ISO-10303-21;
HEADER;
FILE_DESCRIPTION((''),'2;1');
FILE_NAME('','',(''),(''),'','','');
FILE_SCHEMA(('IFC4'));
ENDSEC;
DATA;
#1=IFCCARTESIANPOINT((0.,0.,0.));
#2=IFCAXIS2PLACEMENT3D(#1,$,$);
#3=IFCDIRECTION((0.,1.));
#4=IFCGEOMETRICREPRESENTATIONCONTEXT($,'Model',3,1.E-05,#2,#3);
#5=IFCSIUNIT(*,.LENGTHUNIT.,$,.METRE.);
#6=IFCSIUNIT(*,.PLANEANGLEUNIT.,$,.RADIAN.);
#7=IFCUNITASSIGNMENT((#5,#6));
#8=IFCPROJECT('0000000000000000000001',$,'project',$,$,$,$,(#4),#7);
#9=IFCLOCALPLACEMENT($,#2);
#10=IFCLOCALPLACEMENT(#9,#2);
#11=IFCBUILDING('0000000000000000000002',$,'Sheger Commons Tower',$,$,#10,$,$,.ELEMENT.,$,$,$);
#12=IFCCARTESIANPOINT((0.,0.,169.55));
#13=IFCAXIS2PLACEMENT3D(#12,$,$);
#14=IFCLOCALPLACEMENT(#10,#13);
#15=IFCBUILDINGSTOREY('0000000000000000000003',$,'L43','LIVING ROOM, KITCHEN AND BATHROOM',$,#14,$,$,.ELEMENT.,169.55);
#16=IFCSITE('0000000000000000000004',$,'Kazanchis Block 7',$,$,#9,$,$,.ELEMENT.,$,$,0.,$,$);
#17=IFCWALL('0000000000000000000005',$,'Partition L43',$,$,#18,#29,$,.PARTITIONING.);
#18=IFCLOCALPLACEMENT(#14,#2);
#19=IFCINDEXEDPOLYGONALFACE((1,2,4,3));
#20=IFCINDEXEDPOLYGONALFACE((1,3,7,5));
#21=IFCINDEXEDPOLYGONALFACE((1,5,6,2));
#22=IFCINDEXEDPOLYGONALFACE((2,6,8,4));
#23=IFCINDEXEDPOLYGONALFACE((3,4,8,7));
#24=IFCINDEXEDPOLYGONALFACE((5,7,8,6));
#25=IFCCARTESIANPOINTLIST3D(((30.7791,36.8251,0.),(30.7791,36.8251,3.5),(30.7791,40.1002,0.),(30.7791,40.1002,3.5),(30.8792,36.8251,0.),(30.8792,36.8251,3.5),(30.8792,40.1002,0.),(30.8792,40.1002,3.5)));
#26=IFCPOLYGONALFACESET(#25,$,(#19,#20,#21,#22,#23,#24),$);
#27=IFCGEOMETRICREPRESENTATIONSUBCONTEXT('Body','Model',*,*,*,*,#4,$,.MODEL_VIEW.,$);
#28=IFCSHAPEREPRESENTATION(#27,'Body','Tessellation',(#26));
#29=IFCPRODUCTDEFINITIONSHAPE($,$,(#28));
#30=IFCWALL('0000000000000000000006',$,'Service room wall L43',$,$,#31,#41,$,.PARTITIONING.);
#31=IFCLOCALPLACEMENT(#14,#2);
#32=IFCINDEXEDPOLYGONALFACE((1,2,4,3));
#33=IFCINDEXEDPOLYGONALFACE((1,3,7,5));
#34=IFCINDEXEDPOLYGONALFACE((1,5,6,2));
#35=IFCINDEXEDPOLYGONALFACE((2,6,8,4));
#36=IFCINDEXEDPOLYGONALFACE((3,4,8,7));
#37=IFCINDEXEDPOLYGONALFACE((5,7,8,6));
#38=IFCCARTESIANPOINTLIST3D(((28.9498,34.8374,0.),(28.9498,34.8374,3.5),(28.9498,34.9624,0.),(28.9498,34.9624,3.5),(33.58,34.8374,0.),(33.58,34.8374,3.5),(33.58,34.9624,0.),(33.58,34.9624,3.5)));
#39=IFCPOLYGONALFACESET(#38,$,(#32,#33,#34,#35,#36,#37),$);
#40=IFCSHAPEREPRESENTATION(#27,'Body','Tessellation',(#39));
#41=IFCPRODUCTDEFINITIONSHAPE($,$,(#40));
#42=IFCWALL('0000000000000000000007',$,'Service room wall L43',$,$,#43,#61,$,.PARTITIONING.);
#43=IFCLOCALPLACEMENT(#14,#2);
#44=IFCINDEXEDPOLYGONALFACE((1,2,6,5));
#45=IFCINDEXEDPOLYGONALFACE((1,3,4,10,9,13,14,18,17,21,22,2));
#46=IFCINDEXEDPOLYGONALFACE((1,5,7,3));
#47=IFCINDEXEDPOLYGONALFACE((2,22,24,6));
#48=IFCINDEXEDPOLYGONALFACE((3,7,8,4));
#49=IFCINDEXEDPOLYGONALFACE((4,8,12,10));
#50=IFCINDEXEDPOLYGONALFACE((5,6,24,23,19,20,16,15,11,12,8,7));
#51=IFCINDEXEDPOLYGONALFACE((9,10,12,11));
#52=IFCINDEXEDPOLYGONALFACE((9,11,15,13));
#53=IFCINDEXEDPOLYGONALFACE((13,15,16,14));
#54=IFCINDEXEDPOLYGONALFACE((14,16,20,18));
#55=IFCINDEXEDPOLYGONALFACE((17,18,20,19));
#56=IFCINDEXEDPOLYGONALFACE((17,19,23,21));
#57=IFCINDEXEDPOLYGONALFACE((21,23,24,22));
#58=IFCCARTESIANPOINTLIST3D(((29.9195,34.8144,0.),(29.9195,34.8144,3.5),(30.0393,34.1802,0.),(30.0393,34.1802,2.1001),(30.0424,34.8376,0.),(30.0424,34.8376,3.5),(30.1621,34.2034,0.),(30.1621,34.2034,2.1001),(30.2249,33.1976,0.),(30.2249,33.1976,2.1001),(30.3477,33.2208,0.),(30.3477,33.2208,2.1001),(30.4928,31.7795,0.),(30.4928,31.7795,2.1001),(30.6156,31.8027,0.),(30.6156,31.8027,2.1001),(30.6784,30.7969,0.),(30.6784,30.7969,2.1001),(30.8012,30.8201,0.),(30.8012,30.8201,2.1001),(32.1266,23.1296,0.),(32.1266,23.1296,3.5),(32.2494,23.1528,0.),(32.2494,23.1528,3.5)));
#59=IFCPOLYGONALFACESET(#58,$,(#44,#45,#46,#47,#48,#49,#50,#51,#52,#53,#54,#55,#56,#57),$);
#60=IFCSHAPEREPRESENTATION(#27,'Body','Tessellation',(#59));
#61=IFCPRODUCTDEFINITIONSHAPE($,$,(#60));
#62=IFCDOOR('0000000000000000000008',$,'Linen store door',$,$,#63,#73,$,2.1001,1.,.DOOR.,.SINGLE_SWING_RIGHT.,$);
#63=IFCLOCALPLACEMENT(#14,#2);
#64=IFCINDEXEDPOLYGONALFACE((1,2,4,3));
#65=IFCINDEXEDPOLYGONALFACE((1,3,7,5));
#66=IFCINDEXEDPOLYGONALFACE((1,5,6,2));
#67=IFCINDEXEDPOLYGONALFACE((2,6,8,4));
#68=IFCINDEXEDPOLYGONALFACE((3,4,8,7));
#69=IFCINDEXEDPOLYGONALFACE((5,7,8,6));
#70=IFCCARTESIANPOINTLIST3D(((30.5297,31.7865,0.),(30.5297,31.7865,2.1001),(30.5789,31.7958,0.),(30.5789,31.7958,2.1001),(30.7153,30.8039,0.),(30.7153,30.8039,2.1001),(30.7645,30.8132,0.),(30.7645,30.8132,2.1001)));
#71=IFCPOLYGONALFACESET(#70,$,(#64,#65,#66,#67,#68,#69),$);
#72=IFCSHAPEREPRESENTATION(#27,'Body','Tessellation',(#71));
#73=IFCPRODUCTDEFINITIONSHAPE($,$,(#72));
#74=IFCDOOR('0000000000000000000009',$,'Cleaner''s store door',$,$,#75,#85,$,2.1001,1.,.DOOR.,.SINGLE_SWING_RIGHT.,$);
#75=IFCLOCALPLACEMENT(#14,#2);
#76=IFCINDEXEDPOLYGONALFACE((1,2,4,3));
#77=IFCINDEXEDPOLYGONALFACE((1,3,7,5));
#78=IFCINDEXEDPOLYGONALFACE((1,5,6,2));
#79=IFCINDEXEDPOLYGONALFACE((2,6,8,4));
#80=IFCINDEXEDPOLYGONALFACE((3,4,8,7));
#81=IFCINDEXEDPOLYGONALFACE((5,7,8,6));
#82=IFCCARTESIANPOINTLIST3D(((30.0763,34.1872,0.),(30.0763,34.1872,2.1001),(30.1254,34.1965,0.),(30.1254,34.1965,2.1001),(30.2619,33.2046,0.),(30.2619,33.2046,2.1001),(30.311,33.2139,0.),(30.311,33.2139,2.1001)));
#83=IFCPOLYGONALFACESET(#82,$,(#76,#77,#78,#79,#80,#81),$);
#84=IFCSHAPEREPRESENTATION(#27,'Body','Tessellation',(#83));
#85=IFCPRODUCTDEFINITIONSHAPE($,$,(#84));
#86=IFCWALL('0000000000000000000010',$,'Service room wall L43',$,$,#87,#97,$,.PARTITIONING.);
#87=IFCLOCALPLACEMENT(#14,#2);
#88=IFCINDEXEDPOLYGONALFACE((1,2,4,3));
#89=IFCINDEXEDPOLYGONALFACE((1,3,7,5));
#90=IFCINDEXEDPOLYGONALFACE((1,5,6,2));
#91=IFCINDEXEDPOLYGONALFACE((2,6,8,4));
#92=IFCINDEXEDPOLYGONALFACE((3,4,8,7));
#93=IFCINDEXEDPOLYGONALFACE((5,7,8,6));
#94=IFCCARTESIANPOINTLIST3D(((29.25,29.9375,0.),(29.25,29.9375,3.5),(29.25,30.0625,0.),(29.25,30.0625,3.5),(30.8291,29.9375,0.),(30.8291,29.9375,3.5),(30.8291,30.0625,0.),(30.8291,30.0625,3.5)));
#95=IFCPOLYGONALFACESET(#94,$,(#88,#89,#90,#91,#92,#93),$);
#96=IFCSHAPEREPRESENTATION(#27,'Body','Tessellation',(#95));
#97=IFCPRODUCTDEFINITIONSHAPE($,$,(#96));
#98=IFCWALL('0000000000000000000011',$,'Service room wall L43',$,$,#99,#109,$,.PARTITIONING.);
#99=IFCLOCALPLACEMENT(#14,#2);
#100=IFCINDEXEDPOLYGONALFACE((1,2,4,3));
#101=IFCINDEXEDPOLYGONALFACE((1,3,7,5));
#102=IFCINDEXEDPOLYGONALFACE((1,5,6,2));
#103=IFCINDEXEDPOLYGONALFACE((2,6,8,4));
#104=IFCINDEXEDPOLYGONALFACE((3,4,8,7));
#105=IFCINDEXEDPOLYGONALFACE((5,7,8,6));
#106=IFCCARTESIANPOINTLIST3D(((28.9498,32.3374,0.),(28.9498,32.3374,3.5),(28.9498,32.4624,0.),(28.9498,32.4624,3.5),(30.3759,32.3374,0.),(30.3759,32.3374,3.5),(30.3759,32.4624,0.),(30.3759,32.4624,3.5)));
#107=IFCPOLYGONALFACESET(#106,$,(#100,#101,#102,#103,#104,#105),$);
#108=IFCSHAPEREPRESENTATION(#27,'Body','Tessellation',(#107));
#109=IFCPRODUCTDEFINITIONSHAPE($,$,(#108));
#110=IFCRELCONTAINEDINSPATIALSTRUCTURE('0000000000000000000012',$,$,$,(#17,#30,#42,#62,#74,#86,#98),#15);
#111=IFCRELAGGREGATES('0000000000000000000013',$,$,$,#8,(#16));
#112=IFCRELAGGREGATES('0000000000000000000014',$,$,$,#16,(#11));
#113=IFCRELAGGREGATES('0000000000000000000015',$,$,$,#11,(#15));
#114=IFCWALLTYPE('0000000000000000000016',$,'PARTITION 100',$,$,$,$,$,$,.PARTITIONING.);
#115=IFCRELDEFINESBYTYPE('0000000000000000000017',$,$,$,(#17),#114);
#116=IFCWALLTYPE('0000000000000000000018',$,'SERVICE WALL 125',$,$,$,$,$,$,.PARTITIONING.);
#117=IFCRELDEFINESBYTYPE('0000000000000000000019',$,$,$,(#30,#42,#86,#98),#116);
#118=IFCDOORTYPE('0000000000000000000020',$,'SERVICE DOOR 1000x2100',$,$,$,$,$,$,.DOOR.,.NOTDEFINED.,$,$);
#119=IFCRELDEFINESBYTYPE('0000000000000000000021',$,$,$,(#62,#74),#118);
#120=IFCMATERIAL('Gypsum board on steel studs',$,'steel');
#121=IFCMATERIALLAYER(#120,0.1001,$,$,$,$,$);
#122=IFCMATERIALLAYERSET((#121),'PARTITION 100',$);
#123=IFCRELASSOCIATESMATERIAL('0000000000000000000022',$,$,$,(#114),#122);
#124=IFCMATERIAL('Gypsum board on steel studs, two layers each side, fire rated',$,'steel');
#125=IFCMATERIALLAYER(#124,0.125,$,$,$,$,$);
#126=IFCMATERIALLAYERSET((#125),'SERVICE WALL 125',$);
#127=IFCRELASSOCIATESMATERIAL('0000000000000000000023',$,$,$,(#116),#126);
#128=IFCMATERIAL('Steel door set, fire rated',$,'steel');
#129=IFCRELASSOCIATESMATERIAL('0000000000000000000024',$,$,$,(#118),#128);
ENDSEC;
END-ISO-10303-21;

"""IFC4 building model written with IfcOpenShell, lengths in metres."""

from ifc_helpers import new_model, si_unit, direction, frame, frame_2d, origin, place, context, subcontext, project, spatial, rectangle, extrude, material, layer, layer_set, type_object, element, fill, save


model = new_model("IFC4")

# Units and contexts
model_context = context("Model", 3, precision=1e-05, world=origin(), true_north=direction((0.0, 1.0)))
body_context = subcontext(model_context, "Body", "Model", "MODEL_VIEW")
ifc_project = project(units=[si_unit("LENGTHUNIT", "METRE"), si_unit("PLANEANGLEUNIT", "RADIAN")], contexts=[model_context])

# Site, building, storey
site_placement = place(None, origin())
site = spatial("IfcSite", under=ifc_project, at=site_placement, Name="Kazanchis Block 7", CompositionType="ELEMENT", RefElevation=0.0)
building_placement = place(site_placement, origin())
building = spatial("IfcBuilding", under=site, at=building_placement, Name="Sheger Commons Tower", CompositionType="ELEMENT")
storey_placement = place(building_placement, frame((0.0, 0.0, 169.55)))
storey = spatial("IfcBuildingStorey", under=building, at=storey_placement, Name="L43", Description="LIVING ROOM, KITCHEN AND BATHROOM", CompositionType="ELEMENT", Elevation=169.55)

# Shared definitions
ifc_material_1 = material(Name="Gypsum board on steel studs", Category="steel")
ifc_layer_1 = layer(ifc_material_1, 0.1001)
ifc_layer_set_1 = layer_set([ifc_layer_1], Name="PARTITION 100")
wall_type_1 = type_object("IfcWallType", Name="PARTITION 100", PredefinedType="PARTITIONING", material=ifc_layer_set_1)

# Walls
wall_1_placement = place(storey_placement, frame((30.8291, 36.825, 0.0), z_axis=(0.0, 0.0, 1.0), x_axis=(0.0, 1.0, 0.0)))
element("IfcWall", 1, at=wall_1_placement, inside=storey, type_object=wall_type_1, Name="Partition L43", PredefinedType="PARTITIONING", context=body_context, shape_type="SweptSolid", body=[
    extrude(rectangle(XDim=3.2751, YDim=0.1001, at=frame_2d((1.6377, 0.0))), origin(), (0.0, 0.0, 1.0), 3.5),
])
ifc_material_2 = material(Name="Gypsum board on steel studs, two layers each side, fire rated", Category="steel")
ifc_layer_2 = layer(ifc_material_2, 0.125)
ifc_layer_set_2 = layer_set([ifc_layer_2], Name="SERVICE WALL 125")
wall_type_2 = type_object("IfcWallType", Name="SERVICE WALL 125", PredefinedType="PARTITIONING", material=ifc_layer_set_2)
wall_2_placement = place(storey_placement, frame((28.95, 34.8999, 0.0), z_axis=(0.0, 0.0, 1.0), x_axis=(1.0, 0.0, 0.0)))
element("IfcWall", 2, at=wall_2_placement, inside=storey, type_object=wall_type_2, Name="Service room wall L43", PredefinedType="PARTITIONING", context=body_context, shape_type="SweptSolid", body=[
    extrude(rectangle(XDim=4.6301, YDim=0.125, at=frame_2d((2.3149, 0.0))), origin(), (0.0, 0.0, 1.0), 3.5),
])

# Wall, openings, doors
wall_3_placement = place(storey_placement, frame((32.188, 23.1411, 0.0), z_axis=(0.0, 0.0, 1.0), x_axis=(-0.185599, 0.982626, 0.0)))
wall_3 = element("IfcWall", 3, at=wall_3_placement, inside=storey, type_object=wall_type_2, Name="Service room wall L43", PredefinedType="PARTITIONING", context=body_context, shape_type="SweptSolid", body=[
    extrude(rectangle(XDim=11.8914, YDim=0.125, at=frame_2d((5.9458, 0.0))), origin(), (0.0, 0.0, 1.0), 3.5),
])
opening_1_placement = place(wall_3_placement, frame((7.803, 0.0, 0.0)))
opening_1 = element("IfcOpeningElement", 4, at=opening_1_placement, cuts=wall_3, PredefinedType="OPENING", context=body_context, shape_type="SweptSolid", body=[
    extrude(rectangle(XDim=1.0, YDim=2.1001, at=frame_2d((0.5, 1.05))), frame((0.0, 0.0725, 0.0), z_axis=(0.0, -1.0, 0.0), x_axis=(1.0, 0.0, 0.0)), (0.0, 0.0, 1.0), 0.145),
])
opening_2_placement = place(wall_3_placement, frame((10.2461, 0.0, 0.0)))
opening_2 = element("IfcOpeningElement", 5, at=opening_2_placement, cuts=wall_3, PredefinedType="OPENING", context=body_context, shape_type="SweptSolid", body=[
    extrude(rectangle(XDim=1.0, YDim=2.1001, at=frame_2d((0.5, 1.05))), frame((0.0, 0.0725, 0.0), z_axis=(0.0, -1.0, 0.0), x_axis=(1.0, 0.0, 0.0)), (0.0, 0.0, 1.0), 0.145),
])
ifc_material_3 = material(Name="Steel door set, fire rated", Category="steel")
door_type_1 = type_object("IfcDoorType", Name="SERVICE DOOR 1000x2100", OperationType="NOTDEFINED", PredefinedType="DOOR", material=ifc_material_3)
door_1_placement = place(opening_1_placement, origin())
door_1 = element("IfcDoor", 6, at=door_1_placement, inside=storey, type_object=door_type_1, Name="Linen store door", OperationType="SINGLE_SWING_RIGHT", OverallHeight=2.1001, OverallWidth=1.0, PredefinedType="DOOR", context=body_context, shape_type="SweptSolid", body=[
    extrude(rectangle(XDim=1.0, YDim=2.1001, at=frame_2d((0.5, 1.05))), frame((0.0, 0.0249, 0.0), z_axis=(0.0, -1.0, 0.0), x_axis=(1.0, 0.0, 0.0)), (0.0, 0.0, 1.0), 0.05),
])
fill(opening_1, door_1)
door_2_placement = place(opening_2_placement, origin())
door_2 = element("IfcDoor", 7, at=door_2_placement, inside=storey, type_object=door_type_1, Name="Cleaner's store door", OperationType="SINGLE_SWING_RIGHT", OverallHeight=2.1001, OverallWidth=1.0, PredefinedType="DOOR", context=body_context, shape_type="SweptSolid", body=[
    extrude(rectangle(XDim=1.0, YDim=2.1001, at=frame_2d((0.5, 1.05))), frame((0.0, 0.0249, 0.0), z_axis=(0.0, -1.0, 0.0), x_axis=(1.0, 0.0, 0.0)), (0.0, 0.0, 1.0), 0.05),
])
fill(opening_2, door_2)

# Walls
wall_4_placement = place(storey_placement, frame((29.25, 30.0, 0.0), z_axis=(0.0, 0.0, 1.0), x_axis=(1.0, 0.0, 0.0)))
element("IfcWall", 8, at=wall_4_placement, inside=storey, type_object=wall_type_2, Name="Service room wall L43", PredefinedType="PARTITIONING", context=body_context, shape_type="SweptSolid", body=[
    extrude(rectangle(XDim=1.5791, YDim=0.125, at=frame_2d((0.7896, 0.0))), origin(), (0.0, 0.0, 1.0), 3.5),
])
wall_5_placement = place(storey_placement, frame((28.95, 32.3999, 0.0), z_axis=(0.0, 0.0, 1.0), x_axis=(1.0, 0.0, 0.0)))
element("IfcWall", 9, at=wall_5_placement, inside=storey, type_object=wall_type_2, Name="Service room wall L43", PredefinedType="PARTITIONING", context=body_context, shape_type="SweptSolid", body=[
    extrude(rectangle(XDim=1.426, YDim=0.125, at=frame_2d((0.7129, 0.0))), origin(), (0.0, 0.0, 1.0), 3.5),
])

save(model, "model.ifc")
